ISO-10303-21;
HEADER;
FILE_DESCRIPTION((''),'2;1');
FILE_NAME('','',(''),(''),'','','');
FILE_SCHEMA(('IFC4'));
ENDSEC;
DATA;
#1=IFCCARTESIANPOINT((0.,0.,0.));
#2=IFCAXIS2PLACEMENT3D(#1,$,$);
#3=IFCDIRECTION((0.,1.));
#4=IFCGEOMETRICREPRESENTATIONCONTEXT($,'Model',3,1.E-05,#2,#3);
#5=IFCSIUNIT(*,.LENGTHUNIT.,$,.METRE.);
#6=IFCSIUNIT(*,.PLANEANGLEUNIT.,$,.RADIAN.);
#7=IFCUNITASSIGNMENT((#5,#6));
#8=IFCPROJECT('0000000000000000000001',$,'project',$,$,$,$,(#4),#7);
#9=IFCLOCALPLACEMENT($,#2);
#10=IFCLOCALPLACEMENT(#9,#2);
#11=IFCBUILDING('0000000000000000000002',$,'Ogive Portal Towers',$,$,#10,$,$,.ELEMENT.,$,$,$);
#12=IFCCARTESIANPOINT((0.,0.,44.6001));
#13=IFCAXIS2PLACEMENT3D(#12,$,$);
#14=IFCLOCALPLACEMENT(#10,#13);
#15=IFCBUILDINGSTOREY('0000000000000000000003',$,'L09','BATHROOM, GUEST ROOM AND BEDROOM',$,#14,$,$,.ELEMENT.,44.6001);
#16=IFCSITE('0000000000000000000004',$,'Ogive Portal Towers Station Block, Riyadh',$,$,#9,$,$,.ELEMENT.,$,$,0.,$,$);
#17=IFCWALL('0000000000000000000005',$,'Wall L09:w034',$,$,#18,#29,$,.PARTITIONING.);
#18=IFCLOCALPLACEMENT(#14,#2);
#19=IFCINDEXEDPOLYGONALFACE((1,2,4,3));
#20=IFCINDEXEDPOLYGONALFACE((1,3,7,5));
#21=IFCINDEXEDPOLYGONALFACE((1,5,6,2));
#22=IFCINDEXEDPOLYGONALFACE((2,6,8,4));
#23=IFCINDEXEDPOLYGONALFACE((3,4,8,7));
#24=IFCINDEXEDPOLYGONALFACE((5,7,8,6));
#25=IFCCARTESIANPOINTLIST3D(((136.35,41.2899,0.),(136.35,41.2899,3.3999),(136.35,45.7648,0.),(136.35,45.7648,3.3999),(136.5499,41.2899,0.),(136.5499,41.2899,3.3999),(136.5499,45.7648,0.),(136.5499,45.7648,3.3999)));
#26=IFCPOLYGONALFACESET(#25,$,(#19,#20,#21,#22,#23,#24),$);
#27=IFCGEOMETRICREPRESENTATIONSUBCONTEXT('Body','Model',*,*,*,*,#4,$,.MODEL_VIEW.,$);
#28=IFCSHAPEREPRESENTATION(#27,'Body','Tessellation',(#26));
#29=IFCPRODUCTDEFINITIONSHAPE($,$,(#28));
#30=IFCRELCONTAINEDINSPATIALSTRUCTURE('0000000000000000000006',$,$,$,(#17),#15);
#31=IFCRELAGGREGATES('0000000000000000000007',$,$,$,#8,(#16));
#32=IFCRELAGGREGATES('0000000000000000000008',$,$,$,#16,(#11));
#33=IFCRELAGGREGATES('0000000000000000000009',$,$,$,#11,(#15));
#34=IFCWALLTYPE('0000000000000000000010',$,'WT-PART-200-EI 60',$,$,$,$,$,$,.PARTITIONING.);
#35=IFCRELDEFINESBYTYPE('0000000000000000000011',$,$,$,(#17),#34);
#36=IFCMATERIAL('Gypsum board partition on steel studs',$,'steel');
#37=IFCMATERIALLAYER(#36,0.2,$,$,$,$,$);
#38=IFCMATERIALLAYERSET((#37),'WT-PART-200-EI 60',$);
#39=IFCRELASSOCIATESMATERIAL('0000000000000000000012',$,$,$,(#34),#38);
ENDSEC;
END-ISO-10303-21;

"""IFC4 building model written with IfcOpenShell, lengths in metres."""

from ifc_helpers import new_model, si_unit, direction, frame, frame_2d, origin, place, context, subcontext, project, spatial, rectangle, extrude, material, layer, layer_set, type_object, element, save


model = new_model("IFC4")

# Units and contexts
model_context = context("Model", 3, precision=1e-05, world=origin(), true_north=direction((0.0, 1.0)))
body_context = subcontext(model_context, "Body", "Model", "MODEL_VIEW")
ifc_project = project(units=[si_unit("LENGTHUNIT", "METRE"), si_unit("PLANEANGLEUNIT", "RADIAN")], contexts=[model_context])

# Site, building, storey
site_placement = place(None, origin())
site = spatial("IfcSite", under=ifc_project, at=site_placement, Name="Ogive Portal Towers Station Block, Riyadh", CompositionType="ELEMENT", RefElevation=0.0)
building_placement = place(site_placement, origin())
building = spatial("IfcBuilding", under=site, at=building_placement, Name="Ogive Portal Towers", CompositionType="ELEMENT")
storey_placement = place(building_placement, frame((0.0, 0.0, 44.6001)))
storey = spatial("IfcBuildingStorey", under=building, at=storey_placement, Name="L09", Description="BATHROOM, GUEST ROOM AND BEDROOM", CompositionType="ELEMENT", Elevation=44.6001)

# Wall
ifc_material_1 = material(Name="Gypsum board partition on steel studs", Category="steel")
ifc_layer_1 = layer(ifc_material_1, 0.2)
ifc_layer_set_1 = layer_set([ifc_layer_1], Name="WT-PART-200-EI 60")
wall_type = type_object("IfcWallType", Name="WT-PART-200-EI 60", PredefinedType="PARTITIONING", material=ifc_layer_set_1)
for number, where, z_axis, x_axis, name in (
    (1, (136.45, 41.29, 0.0), (0.0, 0.0, 1.0), (0.0, 1.0, 0.0), "Wall L09:w034"),
):
    element("IfcWall", number, at=place(storey_placement, frame(where, z_axis=z_axis, x_axis=x_axis)), inside=storey, type_object=wall_type, Name=name, PredefinedType="PARTITIONING", context=body_context, shape_type="SweptSolid", body=[
        extrude(rectangle(XDim=4.4749, YDim=0.2, at=frame_2d((2.2373, 0.0))), origin(), (0.0, 0.0, 1.0), 3.3999),
    ])

save(model, "model.ifc")
